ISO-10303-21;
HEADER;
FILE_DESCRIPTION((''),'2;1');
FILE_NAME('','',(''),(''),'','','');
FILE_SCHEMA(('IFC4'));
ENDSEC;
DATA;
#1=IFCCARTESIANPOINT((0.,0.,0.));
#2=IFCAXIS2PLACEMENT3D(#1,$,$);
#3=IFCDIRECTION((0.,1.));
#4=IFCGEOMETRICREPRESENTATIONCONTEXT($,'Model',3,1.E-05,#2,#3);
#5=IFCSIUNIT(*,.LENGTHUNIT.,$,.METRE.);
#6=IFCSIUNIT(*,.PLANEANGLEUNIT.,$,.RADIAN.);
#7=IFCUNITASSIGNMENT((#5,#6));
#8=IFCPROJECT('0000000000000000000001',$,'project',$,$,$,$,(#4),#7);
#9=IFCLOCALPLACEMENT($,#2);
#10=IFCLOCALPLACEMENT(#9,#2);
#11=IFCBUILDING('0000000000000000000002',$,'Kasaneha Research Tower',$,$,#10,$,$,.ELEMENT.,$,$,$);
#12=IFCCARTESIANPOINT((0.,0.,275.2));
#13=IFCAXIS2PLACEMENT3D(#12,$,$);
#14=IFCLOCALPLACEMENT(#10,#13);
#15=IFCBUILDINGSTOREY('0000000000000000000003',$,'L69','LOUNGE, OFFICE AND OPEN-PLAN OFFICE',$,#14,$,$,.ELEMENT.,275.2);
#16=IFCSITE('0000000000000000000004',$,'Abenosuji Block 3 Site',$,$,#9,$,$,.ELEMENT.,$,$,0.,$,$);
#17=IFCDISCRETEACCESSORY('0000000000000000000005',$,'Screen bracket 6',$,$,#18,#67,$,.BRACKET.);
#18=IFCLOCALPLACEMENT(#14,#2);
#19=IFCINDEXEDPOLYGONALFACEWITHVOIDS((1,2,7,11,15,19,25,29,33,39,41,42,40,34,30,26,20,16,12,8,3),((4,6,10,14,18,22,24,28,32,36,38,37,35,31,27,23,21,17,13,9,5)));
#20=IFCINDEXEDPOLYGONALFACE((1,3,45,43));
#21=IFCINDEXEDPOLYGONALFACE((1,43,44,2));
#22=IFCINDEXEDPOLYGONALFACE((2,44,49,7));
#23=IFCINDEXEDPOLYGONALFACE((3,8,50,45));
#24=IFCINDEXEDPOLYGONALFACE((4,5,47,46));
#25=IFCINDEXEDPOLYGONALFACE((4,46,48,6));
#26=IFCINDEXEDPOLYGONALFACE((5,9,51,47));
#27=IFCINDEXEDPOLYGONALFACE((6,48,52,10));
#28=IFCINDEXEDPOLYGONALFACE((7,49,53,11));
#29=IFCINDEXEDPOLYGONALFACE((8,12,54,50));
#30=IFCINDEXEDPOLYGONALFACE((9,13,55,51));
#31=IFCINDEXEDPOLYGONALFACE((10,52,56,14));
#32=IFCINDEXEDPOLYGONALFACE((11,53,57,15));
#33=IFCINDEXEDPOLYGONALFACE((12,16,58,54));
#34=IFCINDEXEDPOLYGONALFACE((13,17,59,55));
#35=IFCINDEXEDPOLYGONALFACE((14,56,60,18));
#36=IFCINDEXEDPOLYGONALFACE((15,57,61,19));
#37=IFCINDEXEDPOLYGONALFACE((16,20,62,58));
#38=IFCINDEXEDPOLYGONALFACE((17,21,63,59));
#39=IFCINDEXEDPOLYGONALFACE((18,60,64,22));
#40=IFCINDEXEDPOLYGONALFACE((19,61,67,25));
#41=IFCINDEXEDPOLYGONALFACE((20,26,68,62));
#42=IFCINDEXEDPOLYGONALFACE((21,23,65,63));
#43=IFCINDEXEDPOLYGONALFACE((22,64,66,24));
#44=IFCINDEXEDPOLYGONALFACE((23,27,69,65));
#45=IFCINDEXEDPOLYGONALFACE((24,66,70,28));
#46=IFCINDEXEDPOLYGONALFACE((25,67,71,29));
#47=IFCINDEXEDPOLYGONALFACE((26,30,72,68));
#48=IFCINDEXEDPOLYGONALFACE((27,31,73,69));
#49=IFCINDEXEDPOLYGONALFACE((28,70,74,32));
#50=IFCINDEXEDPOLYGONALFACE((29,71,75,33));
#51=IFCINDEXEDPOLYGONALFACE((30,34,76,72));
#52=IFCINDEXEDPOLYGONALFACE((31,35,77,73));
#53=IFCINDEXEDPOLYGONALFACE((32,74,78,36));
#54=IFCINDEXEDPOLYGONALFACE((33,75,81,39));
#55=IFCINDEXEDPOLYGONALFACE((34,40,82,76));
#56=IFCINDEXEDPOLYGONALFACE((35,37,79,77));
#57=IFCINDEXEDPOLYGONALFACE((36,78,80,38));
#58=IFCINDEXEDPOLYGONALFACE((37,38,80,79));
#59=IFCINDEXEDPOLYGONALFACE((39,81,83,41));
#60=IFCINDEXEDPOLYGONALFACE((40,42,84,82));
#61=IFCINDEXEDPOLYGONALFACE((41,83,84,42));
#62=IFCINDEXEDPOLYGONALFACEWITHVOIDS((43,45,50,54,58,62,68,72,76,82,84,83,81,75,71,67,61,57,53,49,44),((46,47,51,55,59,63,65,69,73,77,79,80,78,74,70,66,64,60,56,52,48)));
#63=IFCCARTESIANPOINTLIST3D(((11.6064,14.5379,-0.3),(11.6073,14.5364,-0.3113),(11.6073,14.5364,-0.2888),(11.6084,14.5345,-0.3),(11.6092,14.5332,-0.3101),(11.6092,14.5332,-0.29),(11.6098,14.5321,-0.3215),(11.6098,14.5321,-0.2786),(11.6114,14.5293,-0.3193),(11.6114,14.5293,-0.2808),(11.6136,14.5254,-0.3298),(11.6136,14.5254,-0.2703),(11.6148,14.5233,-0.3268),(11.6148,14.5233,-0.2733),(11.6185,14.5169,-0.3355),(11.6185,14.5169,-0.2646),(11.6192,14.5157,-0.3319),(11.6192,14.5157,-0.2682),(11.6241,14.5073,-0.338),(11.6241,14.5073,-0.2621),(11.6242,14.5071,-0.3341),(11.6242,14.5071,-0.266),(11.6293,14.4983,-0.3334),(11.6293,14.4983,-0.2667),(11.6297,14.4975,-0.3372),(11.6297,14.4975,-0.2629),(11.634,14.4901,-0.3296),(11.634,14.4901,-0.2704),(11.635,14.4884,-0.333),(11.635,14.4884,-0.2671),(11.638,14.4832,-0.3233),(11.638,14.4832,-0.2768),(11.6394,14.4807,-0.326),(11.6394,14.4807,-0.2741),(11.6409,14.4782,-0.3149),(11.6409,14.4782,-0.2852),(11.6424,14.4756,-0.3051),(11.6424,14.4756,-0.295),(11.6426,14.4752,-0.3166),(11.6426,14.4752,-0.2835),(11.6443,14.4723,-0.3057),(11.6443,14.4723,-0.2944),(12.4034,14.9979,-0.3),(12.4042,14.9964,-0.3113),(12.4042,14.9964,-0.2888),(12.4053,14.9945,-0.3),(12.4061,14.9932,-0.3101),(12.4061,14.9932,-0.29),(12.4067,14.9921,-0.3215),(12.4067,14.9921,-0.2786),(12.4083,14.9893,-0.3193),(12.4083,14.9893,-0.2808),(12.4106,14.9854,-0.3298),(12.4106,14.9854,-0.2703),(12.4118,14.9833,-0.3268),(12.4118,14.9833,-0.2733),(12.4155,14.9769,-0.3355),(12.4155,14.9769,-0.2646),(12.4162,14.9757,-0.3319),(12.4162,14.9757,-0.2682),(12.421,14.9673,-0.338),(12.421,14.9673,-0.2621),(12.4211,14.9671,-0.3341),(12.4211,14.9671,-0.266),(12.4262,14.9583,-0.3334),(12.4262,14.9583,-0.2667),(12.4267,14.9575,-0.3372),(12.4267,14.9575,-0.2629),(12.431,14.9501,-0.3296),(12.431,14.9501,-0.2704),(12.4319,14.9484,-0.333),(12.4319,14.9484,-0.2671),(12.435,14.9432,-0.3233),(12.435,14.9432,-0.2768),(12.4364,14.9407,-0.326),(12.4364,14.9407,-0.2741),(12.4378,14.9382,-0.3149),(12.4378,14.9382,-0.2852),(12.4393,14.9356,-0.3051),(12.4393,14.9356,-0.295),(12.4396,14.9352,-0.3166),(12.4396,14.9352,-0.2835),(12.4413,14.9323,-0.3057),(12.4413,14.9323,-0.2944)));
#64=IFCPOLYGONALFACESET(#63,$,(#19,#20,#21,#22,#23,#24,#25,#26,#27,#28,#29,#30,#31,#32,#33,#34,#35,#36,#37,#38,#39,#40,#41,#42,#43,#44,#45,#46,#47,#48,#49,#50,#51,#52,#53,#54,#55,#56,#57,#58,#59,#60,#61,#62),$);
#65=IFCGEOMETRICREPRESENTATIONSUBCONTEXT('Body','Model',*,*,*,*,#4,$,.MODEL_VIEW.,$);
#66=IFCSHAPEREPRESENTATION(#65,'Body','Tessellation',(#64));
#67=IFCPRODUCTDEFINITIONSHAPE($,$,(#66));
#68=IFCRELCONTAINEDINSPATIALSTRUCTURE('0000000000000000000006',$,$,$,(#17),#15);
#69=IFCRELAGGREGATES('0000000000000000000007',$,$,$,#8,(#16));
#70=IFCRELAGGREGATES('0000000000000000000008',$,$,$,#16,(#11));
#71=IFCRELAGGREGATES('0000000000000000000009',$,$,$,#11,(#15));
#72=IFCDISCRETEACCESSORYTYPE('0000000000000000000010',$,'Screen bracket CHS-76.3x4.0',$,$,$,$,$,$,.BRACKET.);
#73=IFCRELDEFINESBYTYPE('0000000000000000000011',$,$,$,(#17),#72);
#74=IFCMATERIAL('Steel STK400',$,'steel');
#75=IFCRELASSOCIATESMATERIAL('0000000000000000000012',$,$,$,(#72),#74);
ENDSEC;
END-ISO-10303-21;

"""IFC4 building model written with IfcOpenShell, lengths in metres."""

from ifc_helpers import new_model, si_unit, direction, frame, origin, origin_2d, place, context, subcontext, project, spatial, hollow_circle, extrude, material, material_profile, profile_set, type_object, element, save


model = new_model("IFC4")

# Units and contexts
model_context = context("Model", 3, precision=1e-05, world=origin(), true_north=direction((0.0, 1.0)))
body_context = subcontext(model_context, "Body", "Model", "MODEL_VIEW")
ifc_project = project(units=[si_unit("LENGTHUNIT", "METRE"), si_unit("PLANEANGLEUNIT", "RADIAN")], contexts=[model_context])

# Site, building, storey
site_placement = place(None, origin())
site = spatial("IfcSite", under=ifc_project, at=site_placement, Name="Abenosuji Block 3 Site", CompositionType="ELEMENT", RefElevation=0.0)
building_placement = place(site_placement, origin())
building = spatial("IfcBuilding", under=site, at=building_placement, Name="Kasaneha Research Tower", CompositionType="ELEMENT")
storey_placement = place(building_placement, frame((0.0, 0.0, 275.2)))
storey = spatial("IfcBuildingStorey", under=building, at=storey_placement, Name="L69", Description="LOUNGE, OFFICE AND OPEN-PLAN OFFICE", CompositionType="ELEMENT", Elevation=275.2)

# Discrete accessory
ifc_material_1 = material(Name="Steel STK400", Category="steel")
ifc_material_profile_1 = material_profile(ifc_material_1, hollow_circle(Radius=0.0381, WallThickness=0.0039, at=origin_2d()), Name="CHS-76.3x4.0")
ifc_profile_set_1 = profile_set([ifc_material_profile_1], Name="Steel STK400")
discrete_accessory_type = type_object("IfcDiscreteAccessoryType", Name="Screen bracket CHS-76.3x4.0", PredefinedType="BRACKET", material=ifc_profile_set_1)
discrete_accessory_placement = place(storey_placement, frame((11.6255, 14.5049, -0.3), z_axis=(0.86608, 0.499906, 0.0), x_axis=(-0.499906, 0.86608, 0.0)))
element("IfcDiscreteAccessory", 1, at=discrete_accessory_placement, inside=storey, type_object=discrete_accessory_type, Name="Screen bracket 6", PredefinedType="BRACKET", context=body_context, shape_type="SweptSolid", body=[
    extrude(hollow_circle(Radius=0.0381, WallThickness=0.0039, at=origin_2d()), origin(), (0.0, 0.0, 1.0), 0.9202),
])

save(model, "model.ifc")
